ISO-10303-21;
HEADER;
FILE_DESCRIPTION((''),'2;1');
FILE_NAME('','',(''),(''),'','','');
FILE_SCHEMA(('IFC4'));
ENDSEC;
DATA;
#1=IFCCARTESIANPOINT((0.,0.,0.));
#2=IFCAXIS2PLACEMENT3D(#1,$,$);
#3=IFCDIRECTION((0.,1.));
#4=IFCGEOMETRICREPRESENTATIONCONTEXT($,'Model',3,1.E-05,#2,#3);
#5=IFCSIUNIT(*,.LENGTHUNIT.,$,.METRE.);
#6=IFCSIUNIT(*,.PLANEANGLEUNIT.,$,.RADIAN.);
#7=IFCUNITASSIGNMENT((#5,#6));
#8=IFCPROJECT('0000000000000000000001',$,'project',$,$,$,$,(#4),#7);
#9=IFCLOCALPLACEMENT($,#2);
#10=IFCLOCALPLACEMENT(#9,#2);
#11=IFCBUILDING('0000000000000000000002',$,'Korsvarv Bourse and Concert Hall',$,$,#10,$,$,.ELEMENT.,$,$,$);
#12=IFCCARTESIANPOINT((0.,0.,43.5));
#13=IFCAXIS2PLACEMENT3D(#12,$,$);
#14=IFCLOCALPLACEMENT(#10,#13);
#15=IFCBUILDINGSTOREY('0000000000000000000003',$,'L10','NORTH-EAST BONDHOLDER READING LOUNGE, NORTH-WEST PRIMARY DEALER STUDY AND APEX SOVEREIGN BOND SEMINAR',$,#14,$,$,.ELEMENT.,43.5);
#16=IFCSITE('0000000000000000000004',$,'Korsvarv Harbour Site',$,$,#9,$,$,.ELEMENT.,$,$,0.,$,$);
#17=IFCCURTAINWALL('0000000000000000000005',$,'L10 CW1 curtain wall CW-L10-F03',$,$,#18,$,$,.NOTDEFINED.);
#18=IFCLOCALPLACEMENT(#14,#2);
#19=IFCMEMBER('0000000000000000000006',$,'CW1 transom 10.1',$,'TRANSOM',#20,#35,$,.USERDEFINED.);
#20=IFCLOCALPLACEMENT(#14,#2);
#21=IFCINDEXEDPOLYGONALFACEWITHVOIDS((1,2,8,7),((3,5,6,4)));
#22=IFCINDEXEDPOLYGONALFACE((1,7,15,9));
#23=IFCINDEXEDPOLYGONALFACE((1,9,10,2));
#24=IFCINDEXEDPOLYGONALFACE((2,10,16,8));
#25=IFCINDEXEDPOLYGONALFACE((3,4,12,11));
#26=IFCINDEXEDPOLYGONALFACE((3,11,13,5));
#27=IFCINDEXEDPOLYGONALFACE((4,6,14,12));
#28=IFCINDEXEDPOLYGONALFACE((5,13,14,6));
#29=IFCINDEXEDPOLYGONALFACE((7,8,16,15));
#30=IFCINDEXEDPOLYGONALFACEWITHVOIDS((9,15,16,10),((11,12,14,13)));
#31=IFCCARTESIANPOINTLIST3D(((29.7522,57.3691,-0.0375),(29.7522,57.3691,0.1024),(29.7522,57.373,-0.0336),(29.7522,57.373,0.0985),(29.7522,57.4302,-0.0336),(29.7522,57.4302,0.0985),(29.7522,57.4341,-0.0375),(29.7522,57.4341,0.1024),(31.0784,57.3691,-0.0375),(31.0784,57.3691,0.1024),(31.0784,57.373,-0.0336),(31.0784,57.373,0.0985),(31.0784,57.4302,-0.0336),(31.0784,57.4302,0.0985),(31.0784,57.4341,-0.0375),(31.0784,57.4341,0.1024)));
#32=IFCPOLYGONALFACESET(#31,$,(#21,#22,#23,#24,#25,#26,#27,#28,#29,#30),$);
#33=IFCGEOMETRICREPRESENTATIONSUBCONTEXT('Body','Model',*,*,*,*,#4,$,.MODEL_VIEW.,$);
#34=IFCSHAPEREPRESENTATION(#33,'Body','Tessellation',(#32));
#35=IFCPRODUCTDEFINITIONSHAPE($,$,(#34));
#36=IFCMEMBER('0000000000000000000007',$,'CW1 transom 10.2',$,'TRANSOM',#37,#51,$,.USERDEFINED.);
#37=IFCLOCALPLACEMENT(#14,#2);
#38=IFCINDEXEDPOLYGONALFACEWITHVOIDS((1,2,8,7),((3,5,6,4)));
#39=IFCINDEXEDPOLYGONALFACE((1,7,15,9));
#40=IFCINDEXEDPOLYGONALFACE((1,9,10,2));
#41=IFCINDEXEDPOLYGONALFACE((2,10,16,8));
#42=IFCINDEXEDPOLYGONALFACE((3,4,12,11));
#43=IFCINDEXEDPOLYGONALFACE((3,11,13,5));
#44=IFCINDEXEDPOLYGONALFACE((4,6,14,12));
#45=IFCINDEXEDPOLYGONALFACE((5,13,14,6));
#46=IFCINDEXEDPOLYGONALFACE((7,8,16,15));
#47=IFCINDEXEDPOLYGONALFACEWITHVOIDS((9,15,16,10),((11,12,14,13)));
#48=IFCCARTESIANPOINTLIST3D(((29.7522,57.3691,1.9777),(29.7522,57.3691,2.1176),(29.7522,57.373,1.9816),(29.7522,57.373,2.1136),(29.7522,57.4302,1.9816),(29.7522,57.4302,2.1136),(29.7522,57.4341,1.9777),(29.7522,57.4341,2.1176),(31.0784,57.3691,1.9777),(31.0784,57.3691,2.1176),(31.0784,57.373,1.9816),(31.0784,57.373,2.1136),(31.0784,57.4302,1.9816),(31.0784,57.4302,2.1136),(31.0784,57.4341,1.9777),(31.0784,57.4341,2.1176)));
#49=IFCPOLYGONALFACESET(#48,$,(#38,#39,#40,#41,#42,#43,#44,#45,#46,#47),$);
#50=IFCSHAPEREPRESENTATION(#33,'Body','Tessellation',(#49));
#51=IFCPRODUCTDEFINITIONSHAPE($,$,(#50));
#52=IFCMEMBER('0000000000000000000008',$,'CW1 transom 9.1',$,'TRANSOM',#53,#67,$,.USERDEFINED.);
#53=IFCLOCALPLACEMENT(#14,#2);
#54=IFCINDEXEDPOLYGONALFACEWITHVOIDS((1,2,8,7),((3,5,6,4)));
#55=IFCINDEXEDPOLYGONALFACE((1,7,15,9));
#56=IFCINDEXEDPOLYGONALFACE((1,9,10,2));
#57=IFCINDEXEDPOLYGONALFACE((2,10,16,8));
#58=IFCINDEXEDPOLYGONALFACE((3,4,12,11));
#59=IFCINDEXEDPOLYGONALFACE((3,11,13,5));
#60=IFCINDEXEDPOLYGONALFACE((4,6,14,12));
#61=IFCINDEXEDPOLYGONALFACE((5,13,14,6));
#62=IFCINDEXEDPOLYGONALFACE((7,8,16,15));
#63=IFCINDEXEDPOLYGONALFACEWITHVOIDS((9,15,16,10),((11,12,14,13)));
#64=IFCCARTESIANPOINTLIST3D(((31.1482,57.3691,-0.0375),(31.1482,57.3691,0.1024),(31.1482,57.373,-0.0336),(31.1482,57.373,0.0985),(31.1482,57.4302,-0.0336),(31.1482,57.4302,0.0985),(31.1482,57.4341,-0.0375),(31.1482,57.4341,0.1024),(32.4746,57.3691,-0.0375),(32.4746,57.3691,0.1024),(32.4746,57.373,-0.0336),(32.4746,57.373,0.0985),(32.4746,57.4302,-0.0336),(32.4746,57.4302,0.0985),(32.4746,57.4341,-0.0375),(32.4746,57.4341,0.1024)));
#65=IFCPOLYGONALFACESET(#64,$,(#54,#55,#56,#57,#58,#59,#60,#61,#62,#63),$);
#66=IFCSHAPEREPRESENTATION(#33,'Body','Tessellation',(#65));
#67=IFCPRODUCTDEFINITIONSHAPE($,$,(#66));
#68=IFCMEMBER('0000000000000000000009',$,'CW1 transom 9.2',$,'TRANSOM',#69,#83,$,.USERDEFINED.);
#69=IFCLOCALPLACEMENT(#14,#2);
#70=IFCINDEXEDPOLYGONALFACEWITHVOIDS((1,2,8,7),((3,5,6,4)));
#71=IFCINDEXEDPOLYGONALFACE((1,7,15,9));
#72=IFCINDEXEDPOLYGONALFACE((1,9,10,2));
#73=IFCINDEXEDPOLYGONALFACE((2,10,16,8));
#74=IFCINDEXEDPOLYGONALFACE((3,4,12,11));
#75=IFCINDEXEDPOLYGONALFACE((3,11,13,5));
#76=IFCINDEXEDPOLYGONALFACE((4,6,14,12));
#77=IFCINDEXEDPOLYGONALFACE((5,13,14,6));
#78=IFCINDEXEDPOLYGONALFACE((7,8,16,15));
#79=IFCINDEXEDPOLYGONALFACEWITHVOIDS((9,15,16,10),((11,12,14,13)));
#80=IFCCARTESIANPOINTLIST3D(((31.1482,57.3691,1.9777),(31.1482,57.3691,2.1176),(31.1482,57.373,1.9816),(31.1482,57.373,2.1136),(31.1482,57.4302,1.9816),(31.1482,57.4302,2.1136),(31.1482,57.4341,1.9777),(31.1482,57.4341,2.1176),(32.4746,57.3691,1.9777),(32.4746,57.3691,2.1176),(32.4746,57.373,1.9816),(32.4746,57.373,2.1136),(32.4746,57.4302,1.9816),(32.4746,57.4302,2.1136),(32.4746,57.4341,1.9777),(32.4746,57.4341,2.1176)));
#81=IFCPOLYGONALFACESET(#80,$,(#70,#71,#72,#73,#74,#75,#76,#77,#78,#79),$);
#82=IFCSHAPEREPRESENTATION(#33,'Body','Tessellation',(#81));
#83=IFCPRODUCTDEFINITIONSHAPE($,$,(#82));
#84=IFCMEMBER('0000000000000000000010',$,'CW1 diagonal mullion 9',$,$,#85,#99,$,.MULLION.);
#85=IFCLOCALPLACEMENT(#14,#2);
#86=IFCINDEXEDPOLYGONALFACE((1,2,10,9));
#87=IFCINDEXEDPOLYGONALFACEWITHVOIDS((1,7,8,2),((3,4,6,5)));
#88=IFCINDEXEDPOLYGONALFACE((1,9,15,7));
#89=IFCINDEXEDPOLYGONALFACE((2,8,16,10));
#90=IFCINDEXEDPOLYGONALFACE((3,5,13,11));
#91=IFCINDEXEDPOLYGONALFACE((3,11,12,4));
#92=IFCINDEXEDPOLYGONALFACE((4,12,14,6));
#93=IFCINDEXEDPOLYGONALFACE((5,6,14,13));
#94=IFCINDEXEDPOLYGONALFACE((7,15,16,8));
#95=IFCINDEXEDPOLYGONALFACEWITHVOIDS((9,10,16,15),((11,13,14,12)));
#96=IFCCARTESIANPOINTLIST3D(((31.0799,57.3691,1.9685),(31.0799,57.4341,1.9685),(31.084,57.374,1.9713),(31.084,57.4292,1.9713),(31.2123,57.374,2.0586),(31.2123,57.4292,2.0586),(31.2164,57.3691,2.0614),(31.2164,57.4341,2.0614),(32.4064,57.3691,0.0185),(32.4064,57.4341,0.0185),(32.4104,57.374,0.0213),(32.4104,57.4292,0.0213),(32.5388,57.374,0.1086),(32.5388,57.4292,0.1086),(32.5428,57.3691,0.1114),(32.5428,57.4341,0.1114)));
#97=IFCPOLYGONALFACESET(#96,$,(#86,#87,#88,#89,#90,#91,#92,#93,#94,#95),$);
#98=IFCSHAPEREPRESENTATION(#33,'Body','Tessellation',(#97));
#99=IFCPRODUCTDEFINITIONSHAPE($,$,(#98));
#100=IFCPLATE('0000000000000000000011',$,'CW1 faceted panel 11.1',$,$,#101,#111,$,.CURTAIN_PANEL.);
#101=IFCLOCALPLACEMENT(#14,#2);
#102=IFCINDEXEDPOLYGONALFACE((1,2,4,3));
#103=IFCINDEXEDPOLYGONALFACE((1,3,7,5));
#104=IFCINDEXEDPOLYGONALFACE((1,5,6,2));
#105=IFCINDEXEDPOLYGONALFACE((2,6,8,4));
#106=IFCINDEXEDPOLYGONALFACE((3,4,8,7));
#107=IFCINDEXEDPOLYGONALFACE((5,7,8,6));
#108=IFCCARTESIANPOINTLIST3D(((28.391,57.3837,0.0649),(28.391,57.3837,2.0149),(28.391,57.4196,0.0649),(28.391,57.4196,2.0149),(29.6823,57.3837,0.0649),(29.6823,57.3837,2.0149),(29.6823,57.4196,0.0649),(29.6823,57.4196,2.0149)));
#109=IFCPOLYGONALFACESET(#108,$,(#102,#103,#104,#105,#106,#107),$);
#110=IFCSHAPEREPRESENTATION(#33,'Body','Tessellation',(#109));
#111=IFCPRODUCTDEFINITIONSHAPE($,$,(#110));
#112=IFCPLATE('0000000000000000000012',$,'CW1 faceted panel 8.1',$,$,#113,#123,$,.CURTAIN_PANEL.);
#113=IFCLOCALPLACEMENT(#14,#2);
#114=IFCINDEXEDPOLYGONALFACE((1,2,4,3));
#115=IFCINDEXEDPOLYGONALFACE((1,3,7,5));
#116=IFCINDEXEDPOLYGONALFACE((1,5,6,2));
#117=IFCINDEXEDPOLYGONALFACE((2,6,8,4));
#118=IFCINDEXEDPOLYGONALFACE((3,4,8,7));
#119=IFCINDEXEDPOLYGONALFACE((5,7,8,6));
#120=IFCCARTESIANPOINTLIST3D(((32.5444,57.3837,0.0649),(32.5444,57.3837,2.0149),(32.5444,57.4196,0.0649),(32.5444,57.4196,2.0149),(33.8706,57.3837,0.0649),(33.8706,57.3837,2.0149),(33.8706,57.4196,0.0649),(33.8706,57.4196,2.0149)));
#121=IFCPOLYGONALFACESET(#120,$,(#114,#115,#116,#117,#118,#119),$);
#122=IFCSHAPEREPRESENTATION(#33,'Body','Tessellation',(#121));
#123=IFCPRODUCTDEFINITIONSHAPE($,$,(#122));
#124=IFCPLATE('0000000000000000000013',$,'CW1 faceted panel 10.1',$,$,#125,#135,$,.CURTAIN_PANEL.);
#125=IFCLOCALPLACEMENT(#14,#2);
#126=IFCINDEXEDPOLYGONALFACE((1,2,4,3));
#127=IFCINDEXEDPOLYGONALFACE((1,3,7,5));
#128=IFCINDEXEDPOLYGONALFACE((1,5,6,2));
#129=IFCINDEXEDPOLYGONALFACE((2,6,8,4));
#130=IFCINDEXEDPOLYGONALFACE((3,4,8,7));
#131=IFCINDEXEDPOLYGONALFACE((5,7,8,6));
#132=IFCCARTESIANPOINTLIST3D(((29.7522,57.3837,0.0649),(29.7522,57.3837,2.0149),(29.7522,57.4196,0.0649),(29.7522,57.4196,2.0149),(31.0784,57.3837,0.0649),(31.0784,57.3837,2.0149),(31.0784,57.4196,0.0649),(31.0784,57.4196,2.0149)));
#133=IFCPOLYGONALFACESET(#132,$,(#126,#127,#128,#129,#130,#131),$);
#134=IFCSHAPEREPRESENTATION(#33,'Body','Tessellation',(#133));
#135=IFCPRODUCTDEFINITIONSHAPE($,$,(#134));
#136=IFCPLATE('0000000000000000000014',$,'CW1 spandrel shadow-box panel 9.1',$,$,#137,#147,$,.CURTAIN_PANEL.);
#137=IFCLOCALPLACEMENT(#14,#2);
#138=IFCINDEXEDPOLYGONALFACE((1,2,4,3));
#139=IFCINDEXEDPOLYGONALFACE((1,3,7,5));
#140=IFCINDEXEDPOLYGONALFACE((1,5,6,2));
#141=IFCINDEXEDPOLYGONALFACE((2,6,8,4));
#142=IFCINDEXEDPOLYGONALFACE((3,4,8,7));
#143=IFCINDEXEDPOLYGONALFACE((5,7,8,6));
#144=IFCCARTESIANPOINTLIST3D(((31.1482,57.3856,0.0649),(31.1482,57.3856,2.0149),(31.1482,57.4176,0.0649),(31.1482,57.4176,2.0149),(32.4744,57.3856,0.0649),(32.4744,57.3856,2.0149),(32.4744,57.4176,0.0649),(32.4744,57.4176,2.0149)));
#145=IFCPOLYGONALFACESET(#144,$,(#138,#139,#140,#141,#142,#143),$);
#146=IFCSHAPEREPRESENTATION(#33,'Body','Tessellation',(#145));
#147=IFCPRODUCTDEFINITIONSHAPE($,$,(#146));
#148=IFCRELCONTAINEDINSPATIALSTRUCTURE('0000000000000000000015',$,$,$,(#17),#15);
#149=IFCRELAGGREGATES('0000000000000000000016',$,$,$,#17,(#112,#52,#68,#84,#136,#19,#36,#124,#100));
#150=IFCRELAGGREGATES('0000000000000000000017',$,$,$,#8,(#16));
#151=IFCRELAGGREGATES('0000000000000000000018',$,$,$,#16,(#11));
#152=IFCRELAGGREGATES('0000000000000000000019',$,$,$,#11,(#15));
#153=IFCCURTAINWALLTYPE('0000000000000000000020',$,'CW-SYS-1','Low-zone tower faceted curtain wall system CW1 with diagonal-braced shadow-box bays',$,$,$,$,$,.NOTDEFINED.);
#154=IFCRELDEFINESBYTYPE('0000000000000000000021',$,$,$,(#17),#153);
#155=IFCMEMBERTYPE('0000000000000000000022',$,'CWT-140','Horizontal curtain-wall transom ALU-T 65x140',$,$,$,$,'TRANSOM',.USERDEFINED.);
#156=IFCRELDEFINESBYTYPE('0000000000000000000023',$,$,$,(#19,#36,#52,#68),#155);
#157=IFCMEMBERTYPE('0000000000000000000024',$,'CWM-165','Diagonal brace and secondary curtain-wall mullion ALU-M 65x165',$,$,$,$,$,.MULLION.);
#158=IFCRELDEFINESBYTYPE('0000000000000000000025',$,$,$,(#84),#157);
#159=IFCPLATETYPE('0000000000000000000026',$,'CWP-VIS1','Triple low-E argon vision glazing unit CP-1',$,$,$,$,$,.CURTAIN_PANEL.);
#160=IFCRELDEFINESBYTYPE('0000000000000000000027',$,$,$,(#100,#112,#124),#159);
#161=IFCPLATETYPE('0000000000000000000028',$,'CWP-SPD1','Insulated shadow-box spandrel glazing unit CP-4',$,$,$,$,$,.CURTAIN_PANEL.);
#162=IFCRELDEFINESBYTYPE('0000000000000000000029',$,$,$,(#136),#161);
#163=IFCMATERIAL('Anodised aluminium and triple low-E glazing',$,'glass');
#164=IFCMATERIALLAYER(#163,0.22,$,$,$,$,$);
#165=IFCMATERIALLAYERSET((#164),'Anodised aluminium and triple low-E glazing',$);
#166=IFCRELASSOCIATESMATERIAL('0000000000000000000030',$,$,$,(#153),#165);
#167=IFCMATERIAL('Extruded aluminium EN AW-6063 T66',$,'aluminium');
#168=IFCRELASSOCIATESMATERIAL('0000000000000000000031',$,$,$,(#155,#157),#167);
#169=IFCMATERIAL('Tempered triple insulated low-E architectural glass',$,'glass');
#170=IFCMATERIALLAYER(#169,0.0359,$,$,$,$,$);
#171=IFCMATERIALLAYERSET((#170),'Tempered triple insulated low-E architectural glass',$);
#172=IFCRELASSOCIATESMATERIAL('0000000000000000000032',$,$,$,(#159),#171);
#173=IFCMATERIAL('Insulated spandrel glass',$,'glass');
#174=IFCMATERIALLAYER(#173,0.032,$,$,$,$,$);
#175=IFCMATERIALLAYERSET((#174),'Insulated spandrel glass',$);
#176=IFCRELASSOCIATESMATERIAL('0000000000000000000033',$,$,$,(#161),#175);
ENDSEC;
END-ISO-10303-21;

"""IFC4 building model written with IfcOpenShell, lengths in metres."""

from ifc_helpers import new_model, si_unit, direction, frame, origin, origin_2d, place, context, subcontext, project, spatial, rectangle, hollow_rectangle, extrude, source, transform, mapped, material, layer, layer_set, material_profile, profile_set, type_object, element, aggregate, save


model = new_model("IFC4")

# Units and contexts
model_context = context("Model", 3, precision=1e-05, world=origin(), true_north=direction((0.0, 1.0)))
body_context = subcontext(model_context, "Body", "Model", "MODEL_VIEW")
ifc_project = project(units=[si_unit("LENGTHUNIT", "METRE"), si_unit("PLANEANGLEUNIT", "RADIAN")], contexts=[model_context])

# Site, building, storey
site_placement = place(None, origin())
site = spatial("IfcSite", under=ifc_project, at=site_placement, Name="Korsvarv Harbour Site", CompositionType="ELEMENT", RefElevation=0.0)
building_placement = place(site_placement, origin())
building = spatial("IfcBuilding", under=site, at=building_placement, Name="Korsvarv Bourse and Concert Hall", CompositionType="ELEMENT")
storey_placement = place(building_placement, frame((0.0, 0.0, 43.5)))
storey = spatial("IfcBuildingStorey", under=building, at=storey_placement, Name="L10", Description="NORTH-EAST BONDHOLDER READING LOUNGE, NORTH-WEST PRIMARY DEALER STUDY AND APEX SOVEREIGN BOND SEMINAR", CompositionType="ELEMENT", Elevation=43.5)

# Curtain wall, members, plates
ifc_material_1 = material(Name="Anodised aluminium and triple low-E glazing", Category="glass")
ifc_layer_1 = layer(ifc_material_1, 0.22)
ifc_layer_set_1 = layer_set([ifc_layer_1], Name="Anodised aluminium and triple low-E glazing")
curtain_wall_type = type_object("IfcCurtainWallType", Name="CW-SYS-1", Description="Low-zone tower faceted curtain wall system CW1 with diagonal-braced shadow-box bays", PredefinedType="NOTDEFINED", material=ifc_layer_set_1)
curtain_wall_placement = place(storey_placement, origin())
curtain_wall = element("IfcCurtainWall", 1, at=curtain_wall_placement, inside=storey, type_object=curtain_wall_type, Name="L10 CW1 curtain wall CW-L10-F03", PredefinedType="NOTDEFINED")
ifc_material_2 = material(Name="Extruded aluminium EN AW-6063 T66", Category="aluminium")
ifc_material_profile_1 = material_profile(ifc_material_2, hollow_rectangle(XDim=0.0649, YDim=0.1399, WallThickness=0.0039, at=origin_2d()), Name="ALU-T 65x140")
ifc_profile_set_1 = profile_set([ifc_material_profile_1], Name="Extruded aluminium EN AW-6063 T66")
member_type_1 = type_object("IfcMemberType", Name="CWT-140", Description="Horizontal curtain-wall transom ALU-T 65x140", ElementType="TRANSOM", PredefinedType="USERDEFINED", material=ifc_profile_set_1)
shared_shape_1 = source(origin(), body_context, "Body", "SweptSolid", [
    extrude(hollow_rectangle(XDim=0.0649, YDim=0.1399, WallThickness=0.0039, at=origin_2d()), origin(), (0.0, 0.0, 1.0), 1.3262),
])
member_1_placement = place(storey_placement, frame((31.0784, 57.4016, 0.0325), z_axis=(-1.0, 0.0, 0.0), x_axis=(0.0, -1.0, 0.0)))
member_1 = element("IfcMember", 2, at=member_1_placement, type_object=member_type_1, Name="CW1 transom 10.1", ObjectType="TRANSOM", PredefinedType="USERDEFINED", context=body_context, shape_type="MappedRepresentation", body=[
    mapped(shared_shape_1, transform((0.0, 0.0, 0.0), scale=1.0)),
])
member_2_placement = place(storey_placement, frame((31.0784, 57.4016, 2.0476), z_axis=(-1.0, 0.0, 0.0), x_axis=(0.0, -1.0, 0.0)))
member_2 = element("IfcMember", 3, at=member_2_placement, type_object=member_type_1, Name="CW1 transom 10.2", ObjectType="TRANSOM", PredefinedType="USERDEFINED", context=body_context, shape_type="MappedRepresentation", body=[
    mapped(shared_shape_1, transform((0.0, 0.0, 0.0), scale=1.0)),
])
shared_shape_2 = source(origin(), body_context, "Body", "SweptSolid", [
    extrude(hollow_rectangle(XDim=0.0649, YDim=0.1399, WallThickness=0.0039, at=origin_2d()), origin(), (0.0, 0.0, 1.0), 1.3264),
])
member_3_placement = place(storey_placement, frame((32.4746, 57.4016, 0.0325), z_axis=(-1.0, 0.0, 0.0), x_axis=(0.0, -1.0, 0.0)))
member_3 = element("IfcMember", 4, at=member_3_placement, type_object=member_type_1, Name="CW1 transom 9.1", ObjectType="TRANSOM", PredefinedType="USERDEFINED", context=body_context, shape_type="MappedRepresentation", body=[
    mapped(shared_shape_2, transform((0.0, 0.0, 0.0), scale=1.0)),
])
member_4_placement = place(storey_placement, frame((32.4746, 57.4016, 2.0476), z_axis=(-1.0, 0.0, 0.0), x_axis=(0.0, -1.0, 0.0)))
member_4 = element("IfcMember", 5, at=member_4_placement, type_object=member_type_1, Name="CW1 transom 9.2", ObjectType="TRANSOM", PredefinedType="USERDEFINED", context=body_context, shape_type="MappedRepresentation", body=[
    mapped(shared_shape_2, transform((0.0, 0.0, 0.0), scale=1.0)),
])
ifc_material_profile_2 = material_profile(ifc_material_2, hollow_rectangle(XDim=0.0649, YDim=0.165, WallThickness=0.0049, at=origin_2d()), Name="ALU-M 65x165")
ifc_profile_set_2 = profile_set([ifc_material_profile_2], Name="Extruded aluminium EN AW-6063 T66")
member_type_2 = type_object("IfcMemberType", Name="CWM-165", Description="Diagonal brace and secondary curtain-wall mullion ALU-M 65x165", PredefinedType="MULLION", material=ifc_profile_set_2)
shared_shape_3 = source(origin(), body_context, "Body", "SweptSolid", [
    extrude(hollow_rectangle(XDim=0.0649, YDim=0.165, WallThickness=0.0049, at=origin_2d()), origin(), (0.0, 0.0, 1.0), 2.3584),
])
member_5_placement = place(storey_placement, frame((32.4746, 57.4016, 0.0649), z_axis=(-0.56244, 0.0, 0.826838), x_axis=(0.0, -1.0, 0.0)))
member_5 = element("IfcMember", 6, at=member_5_placement, type_object=member_type_2, Name="CW1 diagonal mullion 9", PredefinedType="MULLION", context=body_context, shape_type="MappedRepresentation", body=[
    mapped(shared_shape_3, transform((0.0, 0.0, 0.0), scale=1.0)),
])
ifc_material_3 = material(Name="Tempered triple insulated low-E architectural glass", Category="glass")
ifc_layer_2 = layer(ifc_material_3, 0.0359)
ifc_layer_set_2 = layer_set([ifc_layer_2], Name="Tempered triple insulated low-E architectural glass")
plate_type_1 = type_object("IfcPlateType", Name="CWP-VIS1", Description="Triple low-E argon vision glazing unit CP-1", PredefinedType="CURTAIN_PANEL", material=ifc_layer_set_2)
shared_shape_4 = source(origin(), body_context, "Body", "SweptSolid", [
    extrude(rectangle(XDim=1.2913, YDim=0.0359, at=origin_2d()), origin(), (0.0, 0.0, 1.0), 1.95),
])
plate_1_placement = place(storey_placement, frame((29.0366, 57.4016, 0.0649), z_axis=(0.0, 0.0, 1.0), x_axis=(-1.0, 0.0, 0.0)))
plate_1 = element("IfcPlate", 7, at=plate_1_placement, type_object=plate_type_1, Name="CW1 faceted panel 11.1", PredefinedType="CURTAIN_PANEL", context=body_context, shape_type="MappedRepresentation", body=[
    mapped(shared_shape_4, transform((0.0, 0.0, 0.0), scale=1.0)),
])
shared_shape_5 = source(origin(), body_context, "Body", "SweptSolid", [
    extrude(rectangle(XDim=1.3262, YDim=0.0359, at=origin_2d()), origin(), (0.0, 0.0, 1.0), 1.95),
])
plate_2_placement = place(storey_placement, frame((33.2075, 57.4016, 0.0649), z_axis=(0.0, 0.0, 1.0), x_axis=(-1.0, 0.0, 0.0)))
plate_2 = element("IfcPlate", 8, at=plate_2_placement, type_object=plate_type_1, Name="CW1 faceted panel 8.1", PredefinedType="CURTAIN_PANEL", context=body_context, shape_type="MappedRepresentation", body=[
    mapped(shared_shape_5, transform((0.0, 0.0, 0.0), scale=1.0)),
])
plate_3_placement = place(storey_placement, frame((30.4153, 57.4016, 0.0649), z_axis=(0.0, 0.0, 1.0), x_axis=(-1.0, 0.0, 0.0)))
plate_3 = element("IfcPlate", 9, at=plate_3_placement, type_object=plate_type_1, Name="CW1 faceted panel 10.1", PredefinedType="CURTAIN_PANEL", context=body_context, shape_type="MappedRepresentation", body=[
    mapped(shared_shape_5, transform((0.0, 0.0, 0.0), scale=1.0)),
])
ifc_material_4 = material(Name="Insulated spandrel glass", Category="glass")
ifc_layer_3 = layer(ifc_material_4, 0.032)
ifc_layer_set_3 = layer_set([ifc_layer_3], Name="Insulated spandrel glass")
plate_type_2 = type_object("IfcPlateType", Name="CWP-SPD1", Description="Insulated shadow-box spandrel glazing unit CP-4", PredefinedType="CURTAIN_PANEL", material=ifc_layer_set_3)
shared_shape_6 = source(origin(), body_context, "Body", "SweptSolid", [
    extrude(rectangle(XDim=1.3262, YDim=0.032, at=origin_2d()), origin(), (0.0, 0.0, 1.0), 1.95),
])
plate_4_placement = place(storey_placement, frame((31.8113, 57.4016, 0.0649), z_axis=(0.0, 0.0, 1.0), x_axis=(-1.0, 0.0, 0.0)))
plate_4 = element("IfcPlate", 10, at=plate_4_placement, type_object=plate_type_2, Name="CW1 spandrel shadow-box panel 9.1", PredefinedType="CURTAIN_PANEL", context=body_context, shape_type="MappedRepresentation", body=[
    mapped(shared_shape_6, transform((0.0, 0.0, 0.0), scale=1.0)),
])
aggregate(curtain_wall, [plate_2, member_3, member_4, member_5, plate_4, member_1, member_2, plate_3, plate_1])

save(model, "model.ifc")
